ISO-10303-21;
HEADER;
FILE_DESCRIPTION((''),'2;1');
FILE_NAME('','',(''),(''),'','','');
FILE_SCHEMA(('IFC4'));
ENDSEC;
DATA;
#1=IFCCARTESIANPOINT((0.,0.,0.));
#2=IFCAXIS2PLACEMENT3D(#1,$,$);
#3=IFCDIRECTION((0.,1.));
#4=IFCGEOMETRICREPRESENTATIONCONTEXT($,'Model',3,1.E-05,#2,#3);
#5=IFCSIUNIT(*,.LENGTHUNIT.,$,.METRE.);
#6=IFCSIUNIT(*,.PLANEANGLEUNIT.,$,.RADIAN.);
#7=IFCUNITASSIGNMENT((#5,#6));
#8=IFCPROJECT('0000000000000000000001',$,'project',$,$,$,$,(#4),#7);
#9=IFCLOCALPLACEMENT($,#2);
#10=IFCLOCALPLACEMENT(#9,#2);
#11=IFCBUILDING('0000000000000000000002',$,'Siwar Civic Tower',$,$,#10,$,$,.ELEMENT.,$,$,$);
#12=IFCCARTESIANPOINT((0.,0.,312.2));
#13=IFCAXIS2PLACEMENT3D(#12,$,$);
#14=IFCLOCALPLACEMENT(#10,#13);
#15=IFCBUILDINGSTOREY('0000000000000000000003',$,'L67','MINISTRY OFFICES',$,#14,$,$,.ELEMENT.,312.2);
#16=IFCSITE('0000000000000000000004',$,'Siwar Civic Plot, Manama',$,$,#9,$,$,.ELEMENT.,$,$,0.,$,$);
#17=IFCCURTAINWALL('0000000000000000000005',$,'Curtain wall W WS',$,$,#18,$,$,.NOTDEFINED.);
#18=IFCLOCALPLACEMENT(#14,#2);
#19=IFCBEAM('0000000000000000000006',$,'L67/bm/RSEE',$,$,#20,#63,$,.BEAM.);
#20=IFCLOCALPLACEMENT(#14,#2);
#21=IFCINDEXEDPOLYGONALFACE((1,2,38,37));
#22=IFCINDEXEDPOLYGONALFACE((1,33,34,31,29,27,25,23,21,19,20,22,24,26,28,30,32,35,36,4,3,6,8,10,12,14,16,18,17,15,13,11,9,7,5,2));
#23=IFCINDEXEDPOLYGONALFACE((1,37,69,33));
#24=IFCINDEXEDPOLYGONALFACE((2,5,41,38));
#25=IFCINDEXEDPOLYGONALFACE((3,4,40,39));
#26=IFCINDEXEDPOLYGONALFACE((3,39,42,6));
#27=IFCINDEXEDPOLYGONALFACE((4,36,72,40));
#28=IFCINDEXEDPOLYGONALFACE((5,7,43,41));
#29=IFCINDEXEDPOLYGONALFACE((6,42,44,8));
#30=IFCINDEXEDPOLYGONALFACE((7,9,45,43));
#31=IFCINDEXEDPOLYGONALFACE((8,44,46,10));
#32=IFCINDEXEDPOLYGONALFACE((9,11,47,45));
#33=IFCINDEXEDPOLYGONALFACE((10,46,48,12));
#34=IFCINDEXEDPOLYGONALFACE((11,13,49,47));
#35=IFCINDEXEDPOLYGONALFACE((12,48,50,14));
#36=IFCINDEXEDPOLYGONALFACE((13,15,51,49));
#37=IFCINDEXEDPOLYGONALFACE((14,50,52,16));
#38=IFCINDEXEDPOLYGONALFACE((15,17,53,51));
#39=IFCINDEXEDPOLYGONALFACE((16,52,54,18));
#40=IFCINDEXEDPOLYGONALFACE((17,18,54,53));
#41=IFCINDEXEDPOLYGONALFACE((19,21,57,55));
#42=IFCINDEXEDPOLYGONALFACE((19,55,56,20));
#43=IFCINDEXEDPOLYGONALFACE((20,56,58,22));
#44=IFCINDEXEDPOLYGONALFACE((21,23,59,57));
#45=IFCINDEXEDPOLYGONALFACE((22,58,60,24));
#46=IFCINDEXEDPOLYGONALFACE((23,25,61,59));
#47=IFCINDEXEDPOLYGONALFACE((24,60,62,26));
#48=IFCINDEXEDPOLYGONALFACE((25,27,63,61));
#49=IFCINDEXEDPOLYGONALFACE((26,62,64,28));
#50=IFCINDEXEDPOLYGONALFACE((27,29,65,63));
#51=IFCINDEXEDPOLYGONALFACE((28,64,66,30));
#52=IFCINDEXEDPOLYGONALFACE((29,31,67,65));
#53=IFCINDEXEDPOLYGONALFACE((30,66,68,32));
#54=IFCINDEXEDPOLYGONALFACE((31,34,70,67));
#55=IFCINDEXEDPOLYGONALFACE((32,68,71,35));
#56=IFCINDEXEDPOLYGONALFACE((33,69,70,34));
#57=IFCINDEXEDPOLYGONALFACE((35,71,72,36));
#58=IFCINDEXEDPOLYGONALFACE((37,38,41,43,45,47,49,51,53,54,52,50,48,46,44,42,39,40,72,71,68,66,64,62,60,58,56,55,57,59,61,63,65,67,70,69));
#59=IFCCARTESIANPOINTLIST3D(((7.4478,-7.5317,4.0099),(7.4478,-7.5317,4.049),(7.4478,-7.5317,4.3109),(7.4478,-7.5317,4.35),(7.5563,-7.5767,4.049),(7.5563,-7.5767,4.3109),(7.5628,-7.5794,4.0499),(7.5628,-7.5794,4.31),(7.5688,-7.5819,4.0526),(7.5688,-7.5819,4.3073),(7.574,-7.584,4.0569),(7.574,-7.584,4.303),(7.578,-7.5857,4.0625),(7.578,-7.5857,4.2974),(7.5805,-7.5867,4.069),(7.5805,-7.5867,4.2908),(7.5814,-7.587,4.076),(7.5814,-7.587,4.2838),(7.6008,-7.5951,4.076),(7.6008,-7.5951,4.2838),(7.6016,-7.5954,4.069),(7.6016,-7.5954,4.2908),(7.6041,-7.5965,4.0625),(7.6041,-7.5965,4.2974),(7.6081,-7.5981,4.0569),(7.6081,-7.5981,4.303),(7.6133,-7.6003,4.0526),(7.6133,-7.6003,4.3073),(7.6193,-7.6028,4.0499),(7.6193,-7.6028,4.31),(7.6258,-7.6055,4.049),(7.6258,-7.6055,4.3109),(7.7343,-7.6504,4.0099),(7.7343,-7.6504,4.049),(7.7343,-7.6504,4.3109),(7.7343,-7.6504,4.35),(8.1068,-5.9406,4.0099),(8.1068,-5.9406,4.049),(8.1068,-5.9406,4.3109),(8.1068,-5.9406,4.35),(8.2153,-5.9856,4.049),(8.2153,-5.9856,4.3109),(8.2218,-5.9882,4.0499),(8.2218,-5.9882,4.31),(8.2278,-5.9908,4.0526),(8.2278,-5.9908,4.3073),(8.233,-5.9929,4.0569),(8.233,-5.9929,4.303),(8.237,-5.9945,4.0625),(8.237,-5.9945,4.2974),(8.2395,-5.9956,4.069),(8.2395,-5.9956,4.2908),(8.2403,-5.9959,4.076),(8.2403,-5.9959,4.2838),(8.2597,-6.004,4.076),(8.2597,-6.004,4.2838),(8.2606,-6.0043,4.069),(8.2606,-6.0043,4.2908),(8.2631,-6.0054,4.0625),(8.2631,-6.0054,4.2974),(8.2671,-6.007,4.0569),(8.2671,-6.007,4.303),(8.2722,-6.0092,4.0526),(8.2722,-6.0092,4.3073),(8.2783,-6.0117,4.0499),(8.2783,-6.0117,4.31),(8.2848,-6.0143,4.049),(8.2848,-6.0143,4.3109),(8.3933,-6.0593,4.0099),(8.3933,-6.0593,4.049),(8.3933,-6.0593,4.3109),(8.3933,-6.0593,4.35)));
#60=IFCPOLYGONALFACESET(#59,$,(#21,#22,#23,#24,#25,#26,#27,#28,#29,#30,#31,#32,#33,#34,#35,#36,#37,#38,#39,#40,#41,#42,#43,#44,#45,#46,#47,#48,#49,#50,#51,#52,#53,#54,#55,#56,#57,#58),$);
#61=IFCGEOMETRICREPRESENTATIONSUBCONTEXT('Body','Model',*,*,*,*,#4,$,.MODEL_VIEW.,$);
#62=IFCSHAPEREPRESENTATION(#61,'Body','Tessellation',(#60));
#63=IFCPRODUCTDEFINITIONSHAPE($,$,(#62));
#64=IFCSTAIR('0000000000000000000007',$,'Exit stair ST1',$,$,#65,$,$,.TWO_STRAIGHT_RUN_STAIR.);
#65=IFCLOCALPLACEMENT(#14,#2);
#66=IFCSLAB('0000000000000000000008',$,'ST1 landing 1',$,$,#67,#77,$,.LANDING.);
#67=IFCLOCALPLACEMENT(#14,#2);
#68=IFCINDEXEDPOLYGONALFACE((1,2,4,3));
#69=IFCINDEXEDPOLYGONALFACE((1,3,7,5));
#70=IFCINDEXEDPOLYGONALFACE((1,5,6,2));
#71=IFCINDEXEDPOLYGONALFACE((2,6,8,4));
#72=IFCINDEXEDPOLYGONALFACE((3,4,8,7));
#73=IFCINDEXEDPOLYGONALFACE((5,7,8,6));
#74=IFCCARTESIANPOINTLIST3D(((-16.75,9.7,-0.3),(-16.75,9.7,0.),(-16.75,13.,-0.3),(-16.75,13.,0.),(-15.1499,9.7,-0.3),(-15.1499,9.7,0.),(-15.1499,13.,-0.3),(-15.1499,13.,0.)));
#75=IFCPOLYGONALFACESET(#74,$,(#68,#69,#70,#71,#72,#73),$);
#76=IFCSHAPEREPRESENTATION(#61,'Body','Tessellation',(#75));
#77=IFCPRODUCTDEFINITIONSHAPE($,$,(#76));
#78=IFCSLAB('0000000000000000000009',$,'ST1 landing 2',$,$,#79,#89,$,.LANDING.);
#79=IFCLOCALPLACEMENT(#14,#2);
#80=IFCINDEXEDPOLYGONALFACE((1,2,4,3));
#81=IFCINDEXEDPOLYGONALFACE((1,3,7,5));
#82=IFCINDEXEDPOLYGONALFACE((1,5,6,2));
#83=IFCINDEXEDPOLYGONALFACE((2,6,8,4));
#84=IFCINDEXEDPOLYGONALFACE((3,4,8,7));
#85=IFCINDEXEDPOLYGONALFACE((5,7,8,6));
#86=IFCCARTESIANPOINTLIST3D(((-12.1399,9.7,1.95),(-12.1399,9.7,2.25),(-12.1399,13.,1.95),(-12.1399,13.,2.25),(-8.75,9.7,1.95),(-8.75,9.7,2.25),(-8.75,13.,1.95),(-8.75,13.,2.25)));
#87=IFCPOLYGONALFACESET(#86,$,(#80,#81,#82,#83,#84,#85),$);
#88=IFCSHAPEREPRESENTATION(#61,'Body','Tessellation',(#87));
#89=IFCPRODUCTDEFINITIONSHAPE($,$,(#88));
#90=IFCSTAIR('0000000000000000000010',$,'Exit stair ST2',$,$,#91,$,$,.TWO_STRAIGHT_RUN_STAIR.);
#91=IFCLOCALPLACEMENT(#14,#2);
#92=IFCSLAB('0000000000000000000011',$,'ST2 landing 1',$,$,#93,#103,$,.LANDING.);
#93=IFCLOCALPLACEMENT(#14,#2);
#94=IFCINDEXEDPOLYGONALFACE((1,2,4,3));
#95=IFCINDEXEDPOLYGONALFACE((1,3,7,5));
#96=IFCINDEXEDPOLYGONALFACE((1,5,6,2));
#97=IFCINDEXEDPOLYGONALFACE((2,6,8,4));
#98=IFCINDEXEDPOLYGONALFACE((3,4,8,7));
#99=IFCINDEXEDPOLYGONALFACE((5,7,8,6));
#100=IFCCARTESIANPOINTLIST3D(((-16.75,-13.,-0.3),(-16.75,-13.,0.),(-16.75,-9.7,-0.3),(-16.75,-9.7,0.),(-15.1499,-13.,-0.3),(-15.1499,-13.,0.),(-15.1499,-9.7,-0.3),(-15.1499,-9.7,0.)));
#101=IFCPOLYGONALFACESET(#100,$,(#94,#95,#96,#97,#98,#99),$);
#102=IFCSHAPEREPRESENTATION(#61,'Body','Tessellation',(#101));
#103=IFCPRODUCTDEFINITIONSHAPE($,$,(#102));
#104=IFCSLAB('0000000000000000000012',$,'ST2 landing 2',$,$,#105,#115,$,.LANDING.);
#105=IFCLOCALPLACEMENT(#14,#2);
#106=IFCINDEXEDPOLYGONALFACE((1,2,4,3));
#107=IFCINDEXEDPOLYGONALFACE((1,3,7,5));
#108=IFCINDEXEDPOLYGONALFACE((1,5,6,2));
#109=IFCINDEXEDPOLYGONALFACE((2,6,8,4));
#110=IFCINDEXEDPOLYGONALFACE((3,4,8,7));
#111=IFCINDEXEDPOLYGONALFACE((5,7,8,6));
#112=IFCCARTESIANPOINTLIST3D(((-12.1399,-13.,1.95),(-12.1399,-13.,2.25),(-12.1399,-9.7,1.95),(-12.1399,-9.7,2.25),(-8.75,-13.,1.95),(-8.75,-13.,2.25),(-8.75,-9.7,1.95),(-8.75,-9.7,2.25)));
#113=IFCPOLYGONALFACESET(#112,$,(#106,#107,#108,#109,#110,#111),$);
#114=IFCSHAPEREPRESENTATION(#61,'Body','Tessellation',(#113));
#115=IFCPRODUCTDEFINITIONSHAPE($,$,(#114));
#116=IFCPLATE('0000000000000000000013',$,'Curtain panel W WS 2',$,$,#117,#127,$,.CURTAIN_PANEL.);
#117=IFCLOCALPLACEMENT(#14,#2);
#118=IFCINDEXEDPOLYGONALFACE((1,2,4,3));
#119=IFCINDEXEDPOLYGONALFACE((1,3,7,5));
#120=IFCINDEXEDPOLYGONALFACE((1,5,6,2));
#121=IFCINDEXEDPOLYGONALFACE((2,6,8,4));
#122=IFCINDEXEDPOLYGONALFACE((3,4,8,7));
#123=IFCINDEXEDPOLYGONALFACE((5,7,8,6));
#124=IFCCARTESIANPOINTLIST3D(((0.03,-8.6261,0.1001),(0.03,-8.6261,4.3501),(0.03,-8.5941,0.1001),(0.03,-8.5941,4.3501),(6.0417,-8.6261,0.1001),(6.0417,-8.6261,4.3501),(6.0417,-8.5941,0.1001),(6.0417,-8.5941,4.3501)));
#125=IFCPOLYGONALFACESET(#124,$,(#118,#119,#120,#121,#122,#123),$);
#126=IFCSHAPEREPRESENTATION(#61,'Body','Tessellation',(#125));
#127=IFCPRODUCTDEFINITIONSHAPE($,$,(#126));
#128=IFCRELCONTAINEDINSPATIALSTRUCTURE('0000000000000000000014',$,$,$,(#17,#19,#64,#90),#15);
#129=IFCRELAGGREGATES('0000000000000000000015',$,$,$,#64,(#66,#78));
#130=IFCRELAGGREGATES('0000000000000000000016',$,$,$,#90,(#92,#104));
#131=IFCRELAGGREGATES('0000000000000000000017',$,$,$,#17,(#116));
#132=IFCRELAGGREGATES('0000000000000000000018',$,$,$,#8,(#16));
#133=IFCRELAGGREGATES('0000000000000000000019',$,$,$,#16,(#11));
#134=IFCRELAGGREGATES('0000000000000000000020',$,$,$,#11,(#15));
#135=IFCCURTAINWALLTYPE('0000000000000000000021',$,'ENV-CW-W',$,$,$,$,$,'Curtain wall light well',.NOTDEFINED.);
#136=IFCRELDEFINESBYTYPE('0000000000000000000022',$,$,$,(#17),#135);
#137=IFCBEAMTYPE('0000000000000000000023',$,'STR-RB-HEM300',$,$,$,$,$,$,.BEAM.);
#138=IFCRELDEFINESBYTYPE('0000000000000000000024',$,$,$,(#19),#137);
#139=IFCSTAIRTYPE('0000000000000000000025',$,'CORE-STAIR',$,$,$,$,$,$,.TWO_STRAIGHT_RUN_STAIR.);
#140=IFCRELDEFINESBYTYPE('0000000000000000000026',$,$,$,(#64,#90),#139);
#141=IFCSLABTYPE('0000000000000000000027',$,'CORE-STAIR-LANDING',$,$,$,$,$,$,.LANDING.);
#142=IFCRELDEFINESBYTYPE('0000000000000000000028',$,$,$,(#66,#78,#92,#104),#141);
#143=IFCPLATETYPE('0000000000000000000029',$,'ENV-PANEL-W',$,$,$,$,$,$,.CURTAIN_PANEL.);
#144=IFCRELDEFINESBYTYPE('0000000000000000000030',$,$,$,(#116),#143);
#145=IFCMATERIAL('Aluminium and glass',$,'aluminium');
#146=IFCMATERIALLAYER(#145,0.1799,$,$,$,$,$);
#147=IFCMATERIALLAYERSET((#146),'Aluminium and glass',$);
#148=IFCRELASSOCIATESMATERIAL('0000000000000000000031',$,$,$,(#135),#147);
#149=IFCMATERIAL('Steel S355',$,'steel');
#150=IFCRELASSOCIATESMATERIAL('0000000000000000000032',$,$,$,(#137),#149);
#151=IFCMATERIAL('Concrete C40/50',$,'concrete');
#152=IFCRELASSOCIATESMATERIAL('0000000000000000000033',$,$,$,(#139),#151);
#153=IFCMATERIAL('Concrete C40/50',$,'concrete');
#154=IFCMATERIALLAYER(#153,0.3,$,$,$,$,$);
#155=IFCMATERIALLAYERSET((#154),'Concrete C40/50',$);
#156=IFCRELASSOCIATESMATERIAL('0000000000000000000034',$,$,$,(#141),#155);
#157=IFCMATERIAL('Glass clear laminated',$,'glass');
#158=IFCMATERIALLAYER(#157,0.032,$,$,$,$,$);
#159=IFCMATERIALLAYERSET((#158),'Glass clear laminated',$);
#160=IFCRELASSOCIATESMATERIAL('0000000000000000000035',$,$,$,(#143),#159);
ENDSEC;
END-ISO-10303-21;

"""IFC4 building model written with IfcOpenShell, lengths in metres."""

from ifc_helpers import new_model, si_unit, direction, frame, origin, origin_2d, place, context, subcontext, project, spatial, polyline, rectangle, i_section, outline, extrude, material, layer, layer_set, material_profile, profile_set, type_object, element, aggregate, save


model = new_model("IFC4")

# Units and contexts
model_context = context("Model", 3, precision=1e-05, world=origin(), true_north=direction((0.0, 1.0)))
body_context = subcontext(model_context, "Body", "Model", "MODEL_VIEW")
ifc_project = project(units=[si_unit("LENGTHUNIT", "METRE"), si_unit("PLANEANGLEUNIT", "RADIAN")], contexts=[model_context])

# Site, building, storey
site_placement = place(None, origin())
site = spatial("IfcSite", under=ifc_project, at=site_placement, Name="Siwar Civic Plot, Manama", CompositionType="ELEMENT", RefElevation=0.0)
building_placement = place(site_placement, origin())
building = spatial("IfcBuilding", under=site, at=building_placement, Name="Siwar Civic Tower", CompositionType="ELEMENT")
storey_placement = place(building_placement, frame((0.0, 0.0, 312.2)))
storey = spatial("IfcBuildingStorey", under=building, at=storey_placement, Name="L67", Description="MINISTRY OFFICES", CompositionType="ELEMENT", Elevation=312.2)

# Curtain wall
ifc_material_1 = material(Name="Aluminium and glass", Category="aluminium")
ifc_layer_1 = layer(ifc_material_1, 0.1799)
ifc_layer_set_1 = layer_set([ifc_layer_1], Name="Aluminium and glass")
curtain_wall_type = type_object("IfcCurtainWallType", Name="ENV-CW-W", ElementType="Curtain wall light well", PredefinedType="NOTDEFINED", material=ifc_layer_set_1)
curtain_wall_placement = place(storey_placement, origin())
curtain_wall = element("IfcCurtainWall", 1, at=curtain_wall_placement, inside=storey, type_object=curtain_wall_type, Name="Curtain wall W WS", PredefinedType="NOTDEFINED")

# Beam
ifc_material_2 = material(Name="Steel S355", Category="steel")
ifc_material_profile_1 = material_profile(ifc_material_2, i_section(OverallWidth=0.3101, OverallDepth=0.3401, WebThickness=0.021, FlangeThickness=0.0391, FilletRadius=0.0271, at=origin_2d()), Name="HEM300")
ifc_profile_set_1 = profile_set([ifc_material_profile_1], Name="Steel S355")
beam_type = type_object("IfcBeamType", Name="STR-RB-HEM300", PredefinedType="BEAM", material=ifc_profile_set_1)
for number, where, z_axis, x_axis, name in (
    (2, (7.5911, -7.5911, 4.1799), (0.382631, 0.923901, 0.0), (-0.923901, 0.382631, 0.0), "L67/bm/RSEE"),
):
    element("IfcBeam", number, at=place(storey_placement, frame(where, z_axis=z_axis, x_axis=x_axis)), inside=storey, type_object=beam_type, Name=name, PredefinedType="BEAM", context=body_context, shape_type="SweptSolid", body=[
        extrude(i_section(OverallWidth=0.3101, OverallDepth=0.3401, WebThickness=0.021, FlangeThickness=0.0391, FilletRadius=0.0271, at=origin_2d()), origin(), (0.0, 0.0, 1.0), 1.7222),
    ])

# Stairs, slabs
ifc_material_3 = material(Name="Concrete C40/50", Category="concrete")
stair_type = type_object("IfcStairType", Name="CORE-STAIR", PredefinedType="TWO_STRAIGHT_RUN_STAIR", material=ifc_material_3)
stair_1_placement = place(storey_placement, origin())
stair_1 = element("IfcStair", 3, at=stair_1_placement, inside=storey, type_object=stair_type, Name="Exit stair ST1", PredefinedType="TWO_STRAIGHT_RUN_STAIR")
ifc_material_4 = material(Name="Concrete C40/50", Category="concrete")
ifc_layer_2 = layer(ifc_material_4, 0.3)
ifc_layer_set_2 = layer_set([ifc_layer_2], Name="Concrete C40/50")
slab_type_1 = type_object("IfcSlabType", Name="CORE-STAIR-LANDING", PredefinedType="LANDING", material=ifc_layer_set_2)
slab_1_placement = place(storey_placement, frame((0.0, 0.0, -0.3)))
slab_1 = element("IfcSlab", 4, at=slab_1_placement, type_object=slab_type_1, Name="ST1 landing 1", PredefinedType="LANDING", context=body_context, shape_type="SweptSolid", body=[
    extrude(outline(polyline([(-15.1499, 13.0), (-16.75, 13.0), (-16.75, 9.7), (-15.1499, 9.7), (-15.1499, 13.0)])), origin(), (0.0, 0.0, 1.0), 0.3),
])
slab_2_placement = place(storey_placement, frame((0.0, 0.0, 1.95)))
slab_2 = element("IfcSlab", 5, at=slab_2_placement, type_object=slab_type_1, Name="ST1 landing 2", PredefinedType="LANDING", context=body_context, shape_type="SweptSolid", body=[
    extrude(outline(polyline([(-8.75, 13.0), (-12.1399, 13.0), (-12.1399, 9.7), (-8.75, 9.7), (-8.75, 13.0)])), origin(), (0.0, 0.0, 1.0), 0.3),
])
aggregate(stair_1, [slab_1, slab_2])
stair_2_placement = place(storey_placement, origin())
stair_2 = element("IfcStair", 6, at=stair_2_placement, inside=storey, type_object=stair_type, Name="Exit stair ST2", PredefinedType="TWO_STRAIGHT_RUN_STAIR")
slab_3_placement = place(storey_placement, frame((0.0, 0.0, -0.3)))
slab_3 = element("IfcSlab", 7, at=slab_3_placement, type_object=slab_type_1, Name="ST2 landing 1", PredefinedType="LANDING", context=body_context, shape_type="SweptSolid", body=[
    extrude(outline(polyline([(-15.1499, -9.7), (-16.75, -9.7), (-16.75, -13.0), (-15.1499, -13.0), (-15.1499, -9.7)])), origin(), (0.0, 0.0, 1.0), 0.3),
])
slab_4_placement = place(storey_placement, frame((0.0, 0.0, 1.95)))
slab_4 = element("IfcSlab", 8, at=slab_4_placement, type_object=slab_type_1, Name="ST2 landing 2", PredefinedType="LANDING", context=body_context, shape_type="SweptSolid", body=[
    extrude(outline(polyline([(-8.75, -9.7), (-12.1399, -9.7), (-12.1399, -13.0), (-8.75, -13.0), (-8.75, -9.7)])), origin(), (0.0, 0.0, 1.0), 0.3),
])
aggregate(stair_2, [slab_3, slab_4])

# Plate
ifc_material_5 = material(Name="Glass clear laminated", Category="glass")
ifc_layer_3 = layer(ifc_material_5, 0.032)
ifc_layer_set_3 = layer_set([ifc_layer_3], Name="Glass clear laminated")
plate_type = type_object("IfcPlateType", Name="ENV-PANEL-W", PredefinedType="CURTAIN_PANEL", material=ifc_layer_set_3)
plate_placement = place(storey_placement, frame((3.0359, -8.6101, 0.1001), z_axis=(0.0, 0.0, 1.0), x_axis=(1.0, 0.0, 0.0)))
plate = element("IfcPlate", 9, at=plate_placement, type_object=plate_type, Name="Curtain panel W WS 2", PredefinedType="CURTAIN_PANEL", context=body_context, shape_type="SweptSolid", body=[
    extrude(rectangle(XDim=6.0117, YDim=0.032, at=origin_2d()), origin(), (0.0, 0.0, 1.0), 4.25),
])
aggregate(curtain_wall, [plate])

save(model, "model.ifc")
